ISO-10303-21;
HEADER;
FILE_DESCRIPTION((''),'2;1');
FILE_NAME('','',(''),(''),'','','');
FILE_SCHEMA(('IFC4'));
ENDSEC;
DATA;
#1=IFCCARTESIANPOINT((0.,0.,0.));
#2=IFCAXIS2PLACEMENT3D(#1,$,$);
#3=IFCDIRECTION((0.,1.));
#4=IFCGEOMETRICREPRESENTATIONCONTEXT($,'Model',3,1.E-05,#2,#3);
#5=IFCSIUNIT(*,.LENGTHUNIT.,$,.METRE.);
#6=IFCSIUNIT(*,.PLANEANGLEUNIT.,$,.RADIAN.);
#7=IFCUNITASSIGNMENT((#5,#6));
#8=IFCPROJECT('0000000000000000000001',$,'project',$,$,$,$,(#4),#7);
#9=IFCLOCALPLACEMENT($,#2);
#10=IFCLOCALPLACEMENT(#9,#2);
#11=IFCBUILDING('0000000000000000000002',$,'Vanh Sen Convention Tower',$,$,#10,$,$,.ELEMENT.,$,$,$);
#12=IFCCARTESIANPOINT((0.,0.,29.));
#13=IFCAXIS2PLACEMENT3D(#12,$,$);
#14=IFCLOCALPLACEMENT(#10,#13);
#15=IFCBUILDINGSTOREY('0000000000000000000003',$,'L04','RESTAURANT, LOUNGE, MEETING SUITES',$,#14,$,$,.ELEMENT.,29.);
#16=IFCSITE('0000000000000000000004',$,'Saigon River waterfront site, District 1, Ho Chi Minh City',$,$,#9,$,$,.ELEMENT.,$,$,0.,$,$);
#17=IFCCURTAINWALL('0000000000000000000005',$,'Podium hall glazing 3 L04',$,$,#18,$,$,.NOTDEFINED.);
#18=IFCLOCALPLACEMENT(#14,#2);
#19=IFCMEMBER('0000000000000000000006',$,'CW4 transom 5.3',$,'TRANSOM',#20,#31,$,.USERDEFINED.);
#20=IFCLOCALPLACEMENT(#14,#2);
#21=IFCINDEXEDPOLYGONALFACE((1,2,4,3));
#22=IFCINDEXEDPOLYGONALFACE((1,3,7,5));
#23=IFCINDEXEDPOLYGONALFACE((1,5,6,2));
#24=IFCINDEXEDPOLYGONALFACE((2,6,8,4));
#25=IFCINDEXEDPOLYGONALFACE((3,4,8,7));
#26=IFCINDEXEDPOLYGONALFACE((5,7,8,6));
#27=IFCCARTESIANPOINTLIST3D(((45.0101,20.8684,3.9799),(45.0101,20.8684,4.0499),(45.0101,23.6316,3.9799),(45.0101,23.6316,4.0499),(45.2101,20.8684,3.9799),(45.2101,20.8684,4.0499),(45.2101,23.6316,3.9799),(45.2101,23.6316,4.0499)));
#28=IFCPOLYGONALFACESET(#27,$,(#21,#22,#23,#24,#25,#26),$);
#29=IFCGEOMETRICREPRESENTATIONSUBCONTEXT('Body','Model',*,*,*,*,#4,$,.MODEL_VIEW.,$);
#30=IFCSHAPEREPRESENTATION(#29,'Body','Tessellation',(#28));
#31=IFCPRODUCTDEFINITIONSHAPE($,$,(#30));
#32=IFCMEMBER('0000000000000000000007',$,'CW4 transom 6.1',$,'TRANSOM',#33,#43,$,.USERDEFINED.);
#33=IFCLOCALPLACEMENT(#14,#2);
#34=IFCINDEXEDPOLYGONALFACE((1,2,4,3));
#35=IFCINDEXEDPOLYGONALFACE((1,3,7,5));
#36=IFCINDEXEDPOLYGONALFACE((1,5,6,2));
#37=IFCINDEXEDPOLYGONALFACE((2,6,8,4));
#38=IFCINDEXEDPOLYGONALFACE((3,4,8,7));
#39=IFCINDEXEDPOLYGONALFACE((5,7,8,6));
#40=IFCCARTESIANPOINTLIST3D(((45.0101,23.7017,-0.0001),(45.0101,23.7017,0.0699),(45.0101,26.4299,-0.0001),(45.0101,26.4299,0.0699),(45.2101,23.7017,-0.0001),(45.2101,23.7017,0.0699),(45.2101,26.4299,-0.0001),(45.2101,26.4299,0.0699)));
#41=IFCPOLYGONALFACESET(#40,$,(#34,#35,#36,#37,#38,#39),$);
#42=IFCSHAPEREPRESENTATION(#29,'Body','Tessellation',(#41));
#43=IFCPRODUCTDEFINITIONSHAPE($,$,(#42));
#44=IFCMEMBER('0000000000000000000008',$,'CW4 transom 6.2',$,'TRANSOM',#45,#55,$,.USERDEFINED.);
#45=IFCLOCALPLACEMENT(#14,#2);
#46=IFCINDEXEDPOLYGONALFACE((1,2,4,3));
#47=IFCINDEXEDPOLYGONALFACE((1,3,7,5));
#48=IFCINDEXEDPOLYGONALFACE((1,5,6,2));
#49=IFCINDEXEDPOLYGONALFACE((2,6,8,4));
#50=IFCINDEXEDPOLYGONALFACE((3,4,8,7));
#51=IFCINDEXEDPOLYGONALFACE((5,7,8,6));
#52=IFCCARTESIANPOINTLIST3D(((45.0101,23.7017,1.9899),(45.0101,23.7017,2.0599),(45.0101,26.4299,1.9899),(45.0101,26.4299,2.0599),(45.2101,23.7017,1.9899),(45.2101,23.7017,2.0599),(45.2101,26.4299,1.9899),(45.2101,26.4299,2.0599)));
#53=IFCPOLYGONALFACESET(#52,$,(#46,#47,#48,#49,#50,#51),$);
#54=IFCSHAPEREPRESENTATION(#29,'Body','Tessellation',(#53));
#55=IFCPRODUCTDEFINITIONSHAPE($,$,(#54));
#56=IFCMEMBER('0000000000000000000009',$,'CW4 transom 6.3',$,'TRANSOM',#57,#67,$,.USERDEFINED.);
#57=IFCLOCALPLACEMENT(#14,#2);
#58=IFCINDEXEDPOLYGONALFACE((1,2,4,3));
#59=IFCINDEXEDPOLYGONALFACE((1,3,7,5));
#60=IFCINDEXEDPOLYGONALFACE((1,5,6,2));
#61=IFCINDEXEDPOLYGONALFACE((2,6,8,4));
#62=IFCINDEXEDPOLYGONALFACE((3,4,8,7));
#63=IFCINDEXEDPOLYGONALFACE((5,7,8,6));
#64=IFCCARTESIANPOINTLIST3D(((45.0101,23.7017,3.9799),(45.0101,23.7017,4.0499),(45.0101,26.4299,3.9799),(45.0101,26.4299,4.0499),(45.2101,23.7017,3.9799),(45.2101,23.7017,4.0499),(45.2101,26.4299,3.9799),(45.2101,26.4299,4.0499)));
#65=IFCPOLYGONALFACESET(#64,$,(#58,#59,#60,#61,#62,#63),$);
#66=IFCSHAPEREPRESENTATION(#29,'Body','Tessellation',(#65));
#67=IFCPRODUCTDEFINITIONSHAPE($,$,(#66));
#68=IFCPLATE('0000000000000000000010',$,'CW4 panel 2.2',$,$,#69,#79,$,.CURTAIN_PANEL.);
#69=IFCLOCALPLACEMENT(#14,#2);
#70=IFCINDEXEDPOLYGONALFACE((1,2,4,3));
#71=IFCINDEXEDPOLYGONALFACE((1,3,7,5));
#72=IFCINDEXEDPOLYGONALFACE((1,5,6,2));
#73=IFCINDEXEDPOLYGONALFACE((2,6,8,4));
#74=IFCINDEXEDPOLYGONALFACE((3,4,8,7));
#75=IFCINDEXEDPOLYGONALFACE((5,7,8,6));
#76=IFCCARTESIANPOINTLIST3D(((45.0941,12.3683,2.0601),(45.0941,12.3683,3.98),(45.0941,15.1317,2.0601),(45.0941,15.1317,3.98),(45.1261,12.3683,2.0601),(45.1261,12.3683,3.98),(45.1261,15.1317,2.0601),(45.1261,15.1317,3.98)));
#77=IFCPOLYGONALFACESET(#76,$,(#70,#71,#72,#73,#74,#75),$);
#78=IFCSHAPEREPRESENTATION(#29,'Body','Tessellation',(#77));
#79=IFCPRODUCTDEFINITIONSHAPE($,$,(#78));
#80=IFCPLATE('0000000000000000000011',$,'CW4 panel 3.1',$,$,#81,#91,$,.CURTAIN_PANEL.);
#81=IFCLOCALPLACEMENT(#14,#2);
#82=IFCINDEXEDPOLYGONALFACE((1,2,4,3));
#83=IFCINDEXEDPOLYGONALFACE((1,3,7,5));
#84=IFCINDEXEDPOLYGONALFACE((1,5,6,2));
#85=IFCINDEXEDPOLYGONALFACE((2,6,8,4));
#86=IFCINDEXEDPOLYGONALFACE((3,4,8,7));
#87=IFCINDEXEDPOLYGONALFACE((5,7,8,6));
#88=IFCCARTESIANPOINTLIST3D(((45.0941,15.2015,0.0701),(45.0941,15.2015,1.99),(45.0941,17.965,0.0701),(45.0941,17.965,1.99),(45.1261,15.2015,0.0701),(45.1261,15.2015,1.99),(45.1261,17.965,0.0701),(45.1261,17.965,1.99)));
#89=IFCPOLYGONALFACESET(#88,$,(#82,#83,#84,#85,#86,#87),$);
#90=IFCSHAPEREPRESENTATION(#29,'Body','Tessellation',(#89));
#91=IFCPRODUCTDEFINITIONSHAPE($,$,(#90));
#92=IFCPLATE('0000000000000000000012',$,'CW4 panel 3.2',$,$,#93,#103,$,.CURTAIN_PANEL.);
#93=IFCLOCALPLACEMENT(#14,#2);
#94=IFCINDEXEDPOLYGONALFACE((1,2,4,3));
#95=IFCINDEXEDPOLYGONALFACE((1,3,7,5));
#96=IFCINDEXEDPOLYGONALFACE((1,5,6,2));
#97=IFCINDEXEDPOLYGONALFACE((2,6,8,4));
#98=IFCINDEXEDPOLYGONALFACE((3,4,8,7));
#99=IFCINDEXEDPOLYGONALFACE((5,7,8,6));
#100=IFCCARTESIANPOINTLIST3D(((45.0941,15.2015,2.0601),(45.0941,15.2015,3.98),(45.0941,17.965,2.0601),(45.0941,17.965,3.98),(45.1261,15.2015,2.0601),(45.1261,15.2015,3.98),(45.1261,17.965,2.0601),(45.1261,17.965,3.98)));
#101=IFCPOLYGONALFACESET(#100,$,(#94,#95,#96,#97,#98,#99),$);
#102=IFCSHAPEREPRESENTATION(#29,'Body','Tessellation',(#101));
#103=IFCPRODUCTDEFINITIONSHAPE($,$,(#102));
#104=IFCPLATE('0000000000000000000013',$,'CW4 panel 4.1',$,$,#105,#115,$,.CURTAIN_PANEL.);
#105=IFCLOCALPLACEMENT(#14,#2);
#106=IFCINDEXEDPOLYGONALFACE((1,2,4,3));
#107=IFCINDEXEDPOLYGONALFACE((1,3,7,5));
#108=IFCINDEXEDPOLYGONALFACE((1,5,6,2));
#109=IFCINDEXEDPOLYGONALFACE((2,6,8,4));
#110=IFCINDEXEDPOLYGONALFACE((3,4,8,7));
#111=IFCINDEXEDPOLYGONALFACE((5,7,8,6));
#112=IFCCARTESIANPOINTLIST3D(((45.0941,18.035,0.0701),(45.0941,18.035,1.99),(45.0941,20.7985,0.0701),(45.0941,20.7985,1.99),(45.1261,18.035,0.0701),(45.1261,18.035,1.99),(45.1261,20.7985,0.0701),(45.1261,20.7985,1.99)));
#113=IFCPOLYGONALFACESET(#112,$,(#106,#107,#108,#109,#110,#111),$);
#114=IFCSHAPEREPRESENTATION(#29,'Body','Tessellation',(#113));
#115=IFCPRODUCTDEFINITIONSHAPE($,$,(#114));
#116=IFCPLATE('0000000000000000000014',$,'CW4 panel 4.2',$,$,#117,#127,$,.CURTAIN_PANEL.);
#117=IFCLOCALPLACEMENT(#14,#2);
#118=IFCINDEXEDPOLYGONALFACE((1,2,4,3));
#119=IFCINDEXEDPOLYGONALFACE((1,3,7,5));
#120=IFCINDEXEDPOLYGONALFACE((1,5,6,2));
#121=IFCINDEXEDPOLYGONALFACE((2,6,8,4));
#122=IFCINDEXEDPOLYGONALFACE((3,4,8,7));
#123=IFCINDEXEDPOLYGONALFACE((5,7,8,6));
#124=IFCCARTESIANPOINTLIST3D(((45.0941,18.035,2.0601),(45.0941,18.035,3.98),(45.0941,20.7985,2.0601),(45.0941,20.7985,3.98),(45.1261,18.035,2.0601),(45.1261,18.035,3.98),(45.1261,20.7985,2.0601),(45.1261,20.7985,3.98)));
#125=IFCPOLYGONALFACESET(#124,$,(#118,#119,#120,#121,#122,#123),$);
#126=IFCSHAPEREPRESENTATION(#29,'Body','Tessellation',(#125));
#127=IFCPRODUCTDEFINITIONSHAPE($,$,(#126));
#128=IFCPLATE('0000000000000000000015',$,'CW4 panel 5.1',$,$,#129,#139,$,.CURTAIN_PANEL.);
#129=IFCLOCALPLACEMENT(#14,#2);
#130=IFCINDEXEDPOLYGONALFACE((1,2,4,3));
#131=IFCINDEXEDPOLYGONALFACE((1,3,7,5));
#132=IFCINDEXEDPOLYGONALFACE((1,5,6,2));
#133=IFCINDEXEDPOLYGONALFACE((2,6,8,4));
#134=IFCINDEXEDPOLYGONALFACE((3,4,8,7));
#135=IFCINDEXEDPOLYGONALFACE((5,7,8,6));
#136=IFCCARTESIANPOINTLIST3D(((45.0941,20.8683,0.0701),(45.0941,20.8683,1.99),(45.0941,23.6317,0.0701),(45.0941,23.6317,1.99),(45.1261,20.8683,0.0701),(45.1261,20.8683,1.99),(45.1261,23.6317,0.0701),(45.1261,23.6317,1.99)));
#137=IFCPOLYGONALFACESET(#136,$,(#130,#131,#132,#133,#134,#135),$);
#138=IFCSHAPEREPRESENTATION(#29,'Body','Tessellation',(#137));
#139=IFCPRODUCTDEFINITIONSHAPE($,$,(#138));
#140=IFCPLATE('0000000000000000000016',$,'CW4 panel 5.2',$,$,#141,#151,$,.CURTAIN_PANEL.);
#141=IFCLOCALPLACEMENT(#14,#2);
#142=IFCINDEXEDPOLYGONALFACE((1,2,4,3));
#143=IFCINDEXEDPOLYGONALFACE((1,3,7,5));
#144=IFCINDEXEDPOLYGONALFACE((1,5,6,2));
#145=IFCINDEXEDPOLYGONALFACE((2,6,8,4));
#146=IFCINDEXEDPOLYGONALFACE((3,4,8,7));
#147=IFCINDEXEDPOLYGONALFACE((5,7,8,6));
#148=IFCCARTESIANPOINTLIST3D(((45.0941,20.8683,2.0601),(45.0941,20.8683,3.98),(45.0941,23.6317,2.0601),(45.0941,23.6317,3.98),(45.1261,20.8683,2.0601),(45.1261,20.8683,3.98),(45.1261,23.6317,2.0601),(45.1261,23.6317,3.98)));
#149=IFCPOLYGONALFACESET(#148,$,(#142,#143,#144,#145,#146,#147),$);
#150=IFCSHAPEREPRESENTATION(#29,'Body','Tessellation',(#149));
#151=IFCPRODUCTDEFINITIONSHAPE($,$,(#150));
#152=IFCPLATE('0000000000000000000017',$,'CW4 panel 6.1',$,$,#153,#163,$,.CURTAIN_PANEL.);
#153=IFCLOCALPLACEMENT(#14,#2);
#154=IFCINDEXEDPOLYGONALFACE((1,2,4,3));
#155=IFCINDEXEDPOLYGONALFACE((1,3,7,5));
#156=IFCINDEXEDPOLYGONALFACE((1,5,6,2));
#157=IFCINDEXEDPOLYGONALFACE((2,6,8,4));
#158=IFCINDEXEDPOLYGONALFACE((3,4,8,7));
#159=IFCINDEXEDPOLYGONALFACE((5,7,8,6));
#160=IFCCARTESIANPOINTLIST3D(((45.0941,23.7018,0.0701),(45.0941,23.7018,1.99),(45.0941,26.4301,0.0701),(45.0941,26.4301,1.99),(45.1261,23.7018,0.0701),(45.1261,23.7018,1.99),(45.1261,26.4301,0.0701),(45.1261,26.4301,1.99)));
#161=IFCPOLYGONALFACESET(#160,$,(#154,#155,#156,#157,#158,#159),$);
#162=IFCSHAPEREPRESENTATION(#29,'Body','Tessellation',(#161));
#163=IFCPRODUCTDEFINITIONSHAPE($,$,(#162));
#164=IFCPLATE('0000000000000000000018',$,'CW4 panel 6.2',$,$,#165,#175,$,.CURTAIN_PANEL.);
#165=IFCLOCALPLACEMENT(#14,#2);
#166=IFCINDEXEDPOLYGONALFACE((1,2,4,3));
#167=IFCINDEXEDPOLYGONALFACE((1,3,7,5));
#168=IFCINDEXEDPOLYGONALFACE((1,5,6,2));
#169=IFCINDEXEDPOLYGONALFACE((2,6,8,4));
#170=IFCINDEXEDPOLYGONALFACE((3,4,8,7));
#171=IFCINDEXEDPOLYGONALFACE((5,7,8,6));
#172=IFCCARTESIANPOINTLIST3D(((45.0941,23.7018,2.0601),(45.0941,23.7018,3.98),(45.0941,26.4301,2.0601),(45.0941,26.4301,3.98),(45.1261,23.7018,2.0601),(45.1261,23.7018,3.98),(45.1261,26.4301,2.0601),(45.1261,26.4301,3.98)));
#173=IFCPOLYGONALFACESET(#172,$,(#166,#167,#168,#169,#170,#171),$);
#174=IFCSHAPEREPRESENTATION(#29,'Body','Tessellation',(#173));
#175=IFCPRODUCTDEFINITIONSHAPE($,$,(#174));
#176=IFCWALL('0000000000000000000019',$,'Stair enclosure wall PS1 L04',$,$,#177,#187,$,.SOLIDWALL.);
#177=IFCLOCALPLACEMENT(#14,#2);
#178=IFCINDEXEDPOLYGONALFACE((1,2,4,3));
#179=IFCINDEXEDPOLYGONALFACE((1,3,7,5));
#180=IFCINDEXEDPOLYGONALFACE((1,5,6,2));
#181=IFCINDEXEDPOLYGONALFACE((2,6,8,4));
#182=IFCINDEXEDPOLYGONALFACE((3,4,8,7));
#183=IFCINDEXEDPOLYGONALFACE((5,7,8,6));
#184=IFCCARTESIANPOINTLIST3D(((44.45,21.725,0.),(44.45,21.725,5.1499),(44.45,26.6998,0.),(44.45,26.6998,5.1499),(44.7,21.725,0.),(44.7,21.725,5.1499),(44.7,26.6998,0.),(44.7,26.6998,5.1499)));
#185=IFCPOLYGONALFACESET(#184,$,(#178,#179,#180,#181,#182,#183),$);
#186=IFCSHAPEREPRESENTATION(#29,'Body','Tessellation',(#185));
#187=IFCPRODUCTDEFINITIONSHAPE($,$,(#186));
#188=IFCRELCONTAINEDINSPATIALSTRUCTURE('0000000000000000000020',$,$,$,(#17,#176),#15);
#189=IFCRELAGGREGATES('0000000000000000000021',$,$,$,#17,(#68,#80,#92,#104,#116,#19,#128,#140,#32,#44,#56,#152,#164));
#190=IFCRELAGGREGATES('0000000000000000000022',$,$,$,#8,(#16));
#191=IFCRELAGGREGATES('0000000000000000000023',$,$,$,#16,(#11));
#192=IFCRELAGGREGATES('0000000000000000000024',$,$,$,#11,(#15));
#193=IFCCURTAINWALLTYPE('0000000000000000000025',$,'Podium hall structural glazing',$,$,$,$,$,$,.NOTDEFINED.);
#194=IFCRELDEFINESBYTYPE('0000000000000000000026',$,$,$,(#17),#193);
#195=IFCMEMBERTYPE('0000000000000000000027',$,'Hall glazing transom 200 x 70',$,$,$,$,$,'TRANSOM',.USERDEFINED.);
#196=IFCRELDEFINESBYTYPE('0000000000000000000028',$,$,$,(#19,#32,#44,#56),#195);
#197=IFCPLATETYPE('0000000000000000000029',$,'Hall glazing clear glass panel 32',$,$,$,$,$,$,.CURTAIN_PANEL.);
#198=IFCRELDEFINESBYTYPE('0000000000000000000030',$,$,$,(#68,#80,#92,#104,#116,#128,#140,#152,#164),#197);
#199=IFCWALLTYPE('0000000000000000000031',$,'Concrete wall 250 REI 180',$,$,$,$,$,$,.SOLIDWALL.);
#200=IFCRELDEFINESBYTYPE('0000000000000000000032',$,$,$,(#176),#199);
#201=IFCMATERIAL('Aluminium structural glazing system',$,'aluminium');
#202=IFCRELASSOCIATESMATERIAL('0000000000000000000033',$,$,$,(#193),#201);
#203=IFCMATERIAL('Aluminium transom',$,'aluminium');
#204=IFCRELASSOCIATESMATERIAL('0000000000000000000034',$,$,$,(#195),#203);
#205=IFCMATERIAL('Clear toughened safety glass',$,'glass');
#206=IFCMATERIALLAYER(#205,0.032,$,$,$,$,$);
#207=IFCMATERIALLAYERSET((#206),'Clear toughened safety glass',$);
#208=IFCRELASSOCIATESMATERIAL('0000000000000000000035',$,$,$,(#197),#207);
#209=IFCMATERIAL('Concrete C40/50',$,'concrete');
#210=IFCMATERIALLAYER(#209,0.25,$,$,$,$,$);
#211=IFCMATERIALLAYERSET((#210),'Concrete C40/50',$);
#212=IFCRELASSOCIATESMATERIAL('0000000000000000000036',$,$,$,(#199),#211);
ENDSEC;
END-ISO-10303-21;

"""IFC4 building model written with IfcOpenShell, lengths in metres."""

from ifc_helpers import new_model, si_unit, direction, frame, frame_2d, origin, origin_2d, place, context, subcontext, project, spatial, rectangle, extrude, material, layer, layer_set, material_profile, profile_set, type_object, element, aggregate, save


model = new_model("IFC4")

# Units and contexts
model_context = context("Model", 3, precision=1e-05, world=origin(), true_north=direction((0.0, 1.0)))
body_context = subcontext(model_context, "Body", "Model", "MODEL_VIEW")
ifc_project = project(units=[si_unit("LENGTHUNIT", "METRE"), si_unit("PLANEANGLEUNIT", "RADIAN")], contexts=[model_context])

# Site, building, storey
site_placement = place(None, origin())
site = spatial("IfcSite", under=ifc_project, at=site_placement, Name="Saigon River waterfront site, District 1, Ho Chi Minh City", CompositionType="ELEMENT", RefElevation=0.0)
building_placement = place(site_placement, origin())
building = spatial("IfcBuilding", under=site, at=building_placement, Name="Vanh Sen Convention Tower", CompositionType="ELEMENT")
storey_placement = place(building_placement, frame((0.0, 0.0, 29.0)))
storey = spatial("IfcBuildingStorey", under=building, at=storey_placement, Name="L04", Description="RESTAURANT, LOUNGE, MEETING SUITES", CompositionType="ELEMENT", Elevation=29.0)

# Curtain wall, members, plates
ifc_material_1 = material(Name="Aluminium structural glazing system", Category="aluminium")
curtain_wall_type = type_object("IfcCurtainWallType", Name="Podium hall structural glazing", PredefinedType="NOTDEFINED", material=ifc_material_1)
curtain_wall_placement = place(storey_placement, origin())
curtain_wall = element("IfcCurtainWall", 1, at=curtain_wall_placement, inside=storey, type_object=curtain_wall_type, Name="Podium hall glazing 3 L04", PredefinedType="NOTDEFINED")
ifc_material_2 = material(Name="Aluminium transom", Category="aluminium")
ifc_material_profile_1 = material_profile(ifc_material_2, rectangle(XDim=0.2, YDim=0.0701, at=origin_2d()), Name="Hall glazing transom 200 x 70")
ifc_profile_set_1 = profile_set([ifc_material_profile_1], Name="Aluminium transom")
member_type_1 = type_object("IfcMemberType", Name="Hall glazing transom 200 x 70", ElementType="TRANSOM", PredefinedType="USERDEFINED", material=ifc_profile_set_1)
member_1_placement = place(storey_placement, frame((45.1101, 20.8684, 4.0149), z_axis=(0.0, 1.0, 0.0), x_axis=(-1.0, 0.0, 0.0)))
member_1 = element("IfcMember", 2, at=member_1_placement, type_object=member_type_1, Name="CW4 transom 5.3", ObjectType="TRANSOM", PredefinedType="USERDEFINED", context=body_context, shape_type="SweptSolid", body=[
    extrude(rectangle(XDim=0.2, YDim=0.0701, at=origin_2d()), origin(), (0.0, 0.0, 1.0), 2.7632),
])
member_2_placement = place(storey_placement, frame((45.1101, 23.7017, 0.0349), z_axis=(0.0, 1.0, 0.0), x_axis=(-1.0, 0.0, 0.0)))
member_2 = element("IfcMember", 3, at=member_2_placement, type_object=member_type_1, Name="CW4 transom 6.1", ObjectType="TRANSOM", PredefinedType="USERDEFINED", context=body_context, shape_type="SweptSolid", body=[
    extrude(rectangle(XDim=0.2, YDim=0.0701, at=origin_2d()), origin(), (0.0, 0.0, 1.0), 2.7283),
])
member_3_placement = place(storey_placement, frame((45.1101, 23.7017, 2.0249), z_axis=(0.0, 1.0, 0.0), x_axis=(-1.0, 0.0, 0.0)))
member_3 = element("IfcMember", 4, at=member_3_placement, type_object=member_type_1, Name="CW4 transom 6.2", ObjectType="TRANSOM", PredefinedType="USERDEFINED", context=body_context, shape_type="SweptSolid", body=[
    extrude(rectangle(XDim=0.2, YDim=0.0701, at=origin_2d()), origin(), (0.0, 0.0, 1.0), 2.7283),
])
member_4_placement = place(storey_placement, frame((45.1101, 23.7017, 4.0149), z_axis=(0.0, 1.0, 0.0), x_axis=(-1.0, 0.0, 0.0)))
member_4 = element("IfcMember", 5, at=member_4_placement, type_object=member_type_1, Name="CW4 transom 6.3", ObjectType="TRANSOM", PredefinedType="USERDEFINED", context=body_context, shape_type="SweptSolid", body=[
    extrude(rectangle(XDim=0.2, YDim=0.0701, at=origin_2d()), origin(), (0.0, 0.0, 1.0), 2.7283),
])
ifc_material_3 = material(Name="Clear toughened safety glass", Category="glass")
ifc_layer_1 = layer(ifc_material_3, 0.032)
ifc_layer_set_1 = layer_set([ifc_layer_1], Name="Clear toughened safety glass")
plate_type = type_object("IfcPlateType", Name="Hall glazing clear glass panel 32", PredefinedType="CURTAIN_PANEL", material=ifc_layer_set_1)
plate_1_placement = place(storey_placement, frame((45.1101, 13.75, 2.0601), z_axis=(0.0, 0.0, 1.0), x_axis=(0.0, 1.0, 0.0)))
plate_1 = element("IfcPlate", 6, at=plate_1_placement, type_object=plate_type, Name="CW4 panel 2.2", PredefinedType="CURTAIN_PANEL", context=body_context, shape_type="SweptSolid", body=[
    extrude(rectangle(XDim=2.7634, YDim=0.032, at=origin_2d()), origin(), (0.0, 0.0, 1.0), 1.9199),
])
plate_2_placement = place(storey_placement, frame((45.1101, 16.5833, 0.0701), z_axis=(0.0, 0.0, 1.0), x_axis=(0.0, 1.0, 0.0)))
plate_2 = element("IfcPlate", 7, at=plate_2_placement, type_object=plate_type, Name="CW4 panel 3.1", PredefinedType="CURTAIN_PANEL", context=body_context, shape_type="SweptSolid", body=[
    extrude(rectangle(XDim=2.7634, YDim=0.032, at=origin_2d()), origin(), (0.0, 0.0, 1.0), 1.9199),
])
plate_3_placement = place(storey_placement, frame((45.1101, 16.5833, 2.0601), z_axis=(0.0, 0.0, 1.0), x_axis=(0.0, 1.0, 0.0)))
plate_3 = element("IfcPlate", 8, at=plate_3_placement, type_object=plate_type, Name="CW4 panel 3.2", PredefinedType="CURTAIN_PANEL", context=body_context, shape_type="SweptSolid", body=[
    extrude(rectangle(XDim=2.7634, YDim=0.032, at=origin_2d()), origin(), (0.0, 0.0, 1.0), 1.9199),
])
plate_4_placement = place(storey_placement, frame((45.1101, 19.4167, 0.0701), z_axis=(0.0, 0.0, 1.0), x_axis=(0.0, 1.0, 0.0)))
plate_4 = element("IfcPlate", 9, at=plate_4_placement, type_object=plate_type, Name="CW4 panel 4.1", PredefinedType="CURTAIN_PANEL", context=body_context, shape_type="SweptSolid", body=[
    extrude(rectangle(XDim=2.7634, YDim=0.032, at=origin_2d()), origin(), (0.0, 0.0, 1.0), 1.9199),
])
plate_5_placement = place(storey_placement, frame((45.1101, 19.4167, 2.0601), z_axis=(0.0, 0.0, 1.0), x_axis=(0.0, 1.0, 0.0)))
plate_5 = element("IfcPlate", 10, at=plate_5_placement, type_object=plate_type, Name="CW4 panel 4.2", PredefinedType="CURTAIN_PANEL", context=body_context, shape_type="SweptSolid", body=[
    extrude(rectangle(XDim=2.7634, YDim=0.032, at=origin_2d()), origin(), (0.0, 0.0, 1.0), 1.9199),
])
plate_6_placement = place(storey_placement, frame((45.1101, 22.25, 0.0701), z_axis=(0.0, 0.0, 1.0), x_axis=(0.0, 1.0, 0.0)))
plate_6 = element("IfcPlate", 11, at=plate_6_placement, type_object=plate_type, Name="CW4 panel 5.1", PredefinedType="CURTAIN_PANEL", context=body_context, shape_type="SweptSolid", body=[
    extrude(rectangle(XDim=2.7634, YDim=0.032, at=origin_2d()), origin(), (0.0, 0.0, 1.0), 1.9199),
])
plate_7_placement = place(storey_placement, frame((45.1101, 22.25, 2.0601), z_axis=(0.0, 0.0, 1.0), x_axis=(0.0, 1.0, 0.0)))
plate_7 = element("IfcPlate", 12, at=plate_7_placement, type_object=plate_type, Name="CW4 panel 5.2", PredefinedType="CURTAIN_PANEL", context=body_context, shape_type="SweptSolid", body=[
    extrude(rectangle(XDim=2.7634, YDim=0.032, at=origin_2d()), origin(), (0.0, 0.0, 1.0), 1.9199),
])
plate_8_placement = place(storey_placement, frame((45.1101, 25.0659, 0.0701), z_axis=(0.0, 0.0, 1.0), x_axis=(0.0, 1.0, 0.0)))
plate_8 = element("IfcPlate", 13, at=plate_8_placement, type_object=plate_type, Name="CW4 panel 6.1", PredefinedType="CURTAIN_PANEL", context=body_context, shape_type="SweptSolid", body=[
    extrude(rectangle(XDim=2.7283, YDim=0.032, at=origin_2d()), origin(), (0.0, 0.0, 1.0), 1.9199),
])
plate_9_placement = place(storey_placement, frame((45.1101, 25.0659, 2.0601), z_axis=(0.0, 0.0, 1.0), x_axis=(0.0, 1.0, 0.0)))
plate_9 = element("IfcPlate", 14, at=plate_9_placement, type_object=plate_type, Name="CW4 panel 6.2", PredefinedType="CURTAIN_PANEL", context=body_context, shape_type="SweptSolid", body=[
    extrude(rectangle(XDim=2.7283, YDim=0.032, at=origin_2d()), origin(), (0.0, 0.0, 1.0), 1.9199),
])
aggregate(curtain_wall, [plate_1, plate_2, plate_3, plate_4, plate_5, member_1, plate_6, plate_7, member_2, member_3, member_4, plate_8, plate_9])

# Wall
ifc_material_4 = material(Name="Concrete C40/50", Category="concrete")
ifc_layer_2 = layer(ifc_material_4, 0.25)
ifc_layer_set_2 = layer_set([ifc_layer_2], Name="Concrete C40/50")
wall_type_1 = type_object("IfcWallType", Name="Concrete wall 250 REI 180", PredefinedType="SOLIDWALL", material=ifc_layer_set_2)
wall_1_placement = place(storey_placement, frame((44.575, 21.7251, 0.0), z_axis=(0.0, 0.0, 1.0), x_axis=(0.0, 1.0, 0.0)))
element("IfcWall", 15, at=wall_1_placement, inside=storey, type_object=wall_type_1, Name="Stair enclosure wall PS1 L04", PredefinedType="SOLIDWALL", context=body_context, shape_type="SweptSolid", body=[
    extrude(rectangle(XDim=4.9749, YDim=0.25, at=frame_2d((2.4873, 0.0))), origin(), (0.0, 0.0, 1.0), 5.1499),
])

save(model, "model.ifc")
